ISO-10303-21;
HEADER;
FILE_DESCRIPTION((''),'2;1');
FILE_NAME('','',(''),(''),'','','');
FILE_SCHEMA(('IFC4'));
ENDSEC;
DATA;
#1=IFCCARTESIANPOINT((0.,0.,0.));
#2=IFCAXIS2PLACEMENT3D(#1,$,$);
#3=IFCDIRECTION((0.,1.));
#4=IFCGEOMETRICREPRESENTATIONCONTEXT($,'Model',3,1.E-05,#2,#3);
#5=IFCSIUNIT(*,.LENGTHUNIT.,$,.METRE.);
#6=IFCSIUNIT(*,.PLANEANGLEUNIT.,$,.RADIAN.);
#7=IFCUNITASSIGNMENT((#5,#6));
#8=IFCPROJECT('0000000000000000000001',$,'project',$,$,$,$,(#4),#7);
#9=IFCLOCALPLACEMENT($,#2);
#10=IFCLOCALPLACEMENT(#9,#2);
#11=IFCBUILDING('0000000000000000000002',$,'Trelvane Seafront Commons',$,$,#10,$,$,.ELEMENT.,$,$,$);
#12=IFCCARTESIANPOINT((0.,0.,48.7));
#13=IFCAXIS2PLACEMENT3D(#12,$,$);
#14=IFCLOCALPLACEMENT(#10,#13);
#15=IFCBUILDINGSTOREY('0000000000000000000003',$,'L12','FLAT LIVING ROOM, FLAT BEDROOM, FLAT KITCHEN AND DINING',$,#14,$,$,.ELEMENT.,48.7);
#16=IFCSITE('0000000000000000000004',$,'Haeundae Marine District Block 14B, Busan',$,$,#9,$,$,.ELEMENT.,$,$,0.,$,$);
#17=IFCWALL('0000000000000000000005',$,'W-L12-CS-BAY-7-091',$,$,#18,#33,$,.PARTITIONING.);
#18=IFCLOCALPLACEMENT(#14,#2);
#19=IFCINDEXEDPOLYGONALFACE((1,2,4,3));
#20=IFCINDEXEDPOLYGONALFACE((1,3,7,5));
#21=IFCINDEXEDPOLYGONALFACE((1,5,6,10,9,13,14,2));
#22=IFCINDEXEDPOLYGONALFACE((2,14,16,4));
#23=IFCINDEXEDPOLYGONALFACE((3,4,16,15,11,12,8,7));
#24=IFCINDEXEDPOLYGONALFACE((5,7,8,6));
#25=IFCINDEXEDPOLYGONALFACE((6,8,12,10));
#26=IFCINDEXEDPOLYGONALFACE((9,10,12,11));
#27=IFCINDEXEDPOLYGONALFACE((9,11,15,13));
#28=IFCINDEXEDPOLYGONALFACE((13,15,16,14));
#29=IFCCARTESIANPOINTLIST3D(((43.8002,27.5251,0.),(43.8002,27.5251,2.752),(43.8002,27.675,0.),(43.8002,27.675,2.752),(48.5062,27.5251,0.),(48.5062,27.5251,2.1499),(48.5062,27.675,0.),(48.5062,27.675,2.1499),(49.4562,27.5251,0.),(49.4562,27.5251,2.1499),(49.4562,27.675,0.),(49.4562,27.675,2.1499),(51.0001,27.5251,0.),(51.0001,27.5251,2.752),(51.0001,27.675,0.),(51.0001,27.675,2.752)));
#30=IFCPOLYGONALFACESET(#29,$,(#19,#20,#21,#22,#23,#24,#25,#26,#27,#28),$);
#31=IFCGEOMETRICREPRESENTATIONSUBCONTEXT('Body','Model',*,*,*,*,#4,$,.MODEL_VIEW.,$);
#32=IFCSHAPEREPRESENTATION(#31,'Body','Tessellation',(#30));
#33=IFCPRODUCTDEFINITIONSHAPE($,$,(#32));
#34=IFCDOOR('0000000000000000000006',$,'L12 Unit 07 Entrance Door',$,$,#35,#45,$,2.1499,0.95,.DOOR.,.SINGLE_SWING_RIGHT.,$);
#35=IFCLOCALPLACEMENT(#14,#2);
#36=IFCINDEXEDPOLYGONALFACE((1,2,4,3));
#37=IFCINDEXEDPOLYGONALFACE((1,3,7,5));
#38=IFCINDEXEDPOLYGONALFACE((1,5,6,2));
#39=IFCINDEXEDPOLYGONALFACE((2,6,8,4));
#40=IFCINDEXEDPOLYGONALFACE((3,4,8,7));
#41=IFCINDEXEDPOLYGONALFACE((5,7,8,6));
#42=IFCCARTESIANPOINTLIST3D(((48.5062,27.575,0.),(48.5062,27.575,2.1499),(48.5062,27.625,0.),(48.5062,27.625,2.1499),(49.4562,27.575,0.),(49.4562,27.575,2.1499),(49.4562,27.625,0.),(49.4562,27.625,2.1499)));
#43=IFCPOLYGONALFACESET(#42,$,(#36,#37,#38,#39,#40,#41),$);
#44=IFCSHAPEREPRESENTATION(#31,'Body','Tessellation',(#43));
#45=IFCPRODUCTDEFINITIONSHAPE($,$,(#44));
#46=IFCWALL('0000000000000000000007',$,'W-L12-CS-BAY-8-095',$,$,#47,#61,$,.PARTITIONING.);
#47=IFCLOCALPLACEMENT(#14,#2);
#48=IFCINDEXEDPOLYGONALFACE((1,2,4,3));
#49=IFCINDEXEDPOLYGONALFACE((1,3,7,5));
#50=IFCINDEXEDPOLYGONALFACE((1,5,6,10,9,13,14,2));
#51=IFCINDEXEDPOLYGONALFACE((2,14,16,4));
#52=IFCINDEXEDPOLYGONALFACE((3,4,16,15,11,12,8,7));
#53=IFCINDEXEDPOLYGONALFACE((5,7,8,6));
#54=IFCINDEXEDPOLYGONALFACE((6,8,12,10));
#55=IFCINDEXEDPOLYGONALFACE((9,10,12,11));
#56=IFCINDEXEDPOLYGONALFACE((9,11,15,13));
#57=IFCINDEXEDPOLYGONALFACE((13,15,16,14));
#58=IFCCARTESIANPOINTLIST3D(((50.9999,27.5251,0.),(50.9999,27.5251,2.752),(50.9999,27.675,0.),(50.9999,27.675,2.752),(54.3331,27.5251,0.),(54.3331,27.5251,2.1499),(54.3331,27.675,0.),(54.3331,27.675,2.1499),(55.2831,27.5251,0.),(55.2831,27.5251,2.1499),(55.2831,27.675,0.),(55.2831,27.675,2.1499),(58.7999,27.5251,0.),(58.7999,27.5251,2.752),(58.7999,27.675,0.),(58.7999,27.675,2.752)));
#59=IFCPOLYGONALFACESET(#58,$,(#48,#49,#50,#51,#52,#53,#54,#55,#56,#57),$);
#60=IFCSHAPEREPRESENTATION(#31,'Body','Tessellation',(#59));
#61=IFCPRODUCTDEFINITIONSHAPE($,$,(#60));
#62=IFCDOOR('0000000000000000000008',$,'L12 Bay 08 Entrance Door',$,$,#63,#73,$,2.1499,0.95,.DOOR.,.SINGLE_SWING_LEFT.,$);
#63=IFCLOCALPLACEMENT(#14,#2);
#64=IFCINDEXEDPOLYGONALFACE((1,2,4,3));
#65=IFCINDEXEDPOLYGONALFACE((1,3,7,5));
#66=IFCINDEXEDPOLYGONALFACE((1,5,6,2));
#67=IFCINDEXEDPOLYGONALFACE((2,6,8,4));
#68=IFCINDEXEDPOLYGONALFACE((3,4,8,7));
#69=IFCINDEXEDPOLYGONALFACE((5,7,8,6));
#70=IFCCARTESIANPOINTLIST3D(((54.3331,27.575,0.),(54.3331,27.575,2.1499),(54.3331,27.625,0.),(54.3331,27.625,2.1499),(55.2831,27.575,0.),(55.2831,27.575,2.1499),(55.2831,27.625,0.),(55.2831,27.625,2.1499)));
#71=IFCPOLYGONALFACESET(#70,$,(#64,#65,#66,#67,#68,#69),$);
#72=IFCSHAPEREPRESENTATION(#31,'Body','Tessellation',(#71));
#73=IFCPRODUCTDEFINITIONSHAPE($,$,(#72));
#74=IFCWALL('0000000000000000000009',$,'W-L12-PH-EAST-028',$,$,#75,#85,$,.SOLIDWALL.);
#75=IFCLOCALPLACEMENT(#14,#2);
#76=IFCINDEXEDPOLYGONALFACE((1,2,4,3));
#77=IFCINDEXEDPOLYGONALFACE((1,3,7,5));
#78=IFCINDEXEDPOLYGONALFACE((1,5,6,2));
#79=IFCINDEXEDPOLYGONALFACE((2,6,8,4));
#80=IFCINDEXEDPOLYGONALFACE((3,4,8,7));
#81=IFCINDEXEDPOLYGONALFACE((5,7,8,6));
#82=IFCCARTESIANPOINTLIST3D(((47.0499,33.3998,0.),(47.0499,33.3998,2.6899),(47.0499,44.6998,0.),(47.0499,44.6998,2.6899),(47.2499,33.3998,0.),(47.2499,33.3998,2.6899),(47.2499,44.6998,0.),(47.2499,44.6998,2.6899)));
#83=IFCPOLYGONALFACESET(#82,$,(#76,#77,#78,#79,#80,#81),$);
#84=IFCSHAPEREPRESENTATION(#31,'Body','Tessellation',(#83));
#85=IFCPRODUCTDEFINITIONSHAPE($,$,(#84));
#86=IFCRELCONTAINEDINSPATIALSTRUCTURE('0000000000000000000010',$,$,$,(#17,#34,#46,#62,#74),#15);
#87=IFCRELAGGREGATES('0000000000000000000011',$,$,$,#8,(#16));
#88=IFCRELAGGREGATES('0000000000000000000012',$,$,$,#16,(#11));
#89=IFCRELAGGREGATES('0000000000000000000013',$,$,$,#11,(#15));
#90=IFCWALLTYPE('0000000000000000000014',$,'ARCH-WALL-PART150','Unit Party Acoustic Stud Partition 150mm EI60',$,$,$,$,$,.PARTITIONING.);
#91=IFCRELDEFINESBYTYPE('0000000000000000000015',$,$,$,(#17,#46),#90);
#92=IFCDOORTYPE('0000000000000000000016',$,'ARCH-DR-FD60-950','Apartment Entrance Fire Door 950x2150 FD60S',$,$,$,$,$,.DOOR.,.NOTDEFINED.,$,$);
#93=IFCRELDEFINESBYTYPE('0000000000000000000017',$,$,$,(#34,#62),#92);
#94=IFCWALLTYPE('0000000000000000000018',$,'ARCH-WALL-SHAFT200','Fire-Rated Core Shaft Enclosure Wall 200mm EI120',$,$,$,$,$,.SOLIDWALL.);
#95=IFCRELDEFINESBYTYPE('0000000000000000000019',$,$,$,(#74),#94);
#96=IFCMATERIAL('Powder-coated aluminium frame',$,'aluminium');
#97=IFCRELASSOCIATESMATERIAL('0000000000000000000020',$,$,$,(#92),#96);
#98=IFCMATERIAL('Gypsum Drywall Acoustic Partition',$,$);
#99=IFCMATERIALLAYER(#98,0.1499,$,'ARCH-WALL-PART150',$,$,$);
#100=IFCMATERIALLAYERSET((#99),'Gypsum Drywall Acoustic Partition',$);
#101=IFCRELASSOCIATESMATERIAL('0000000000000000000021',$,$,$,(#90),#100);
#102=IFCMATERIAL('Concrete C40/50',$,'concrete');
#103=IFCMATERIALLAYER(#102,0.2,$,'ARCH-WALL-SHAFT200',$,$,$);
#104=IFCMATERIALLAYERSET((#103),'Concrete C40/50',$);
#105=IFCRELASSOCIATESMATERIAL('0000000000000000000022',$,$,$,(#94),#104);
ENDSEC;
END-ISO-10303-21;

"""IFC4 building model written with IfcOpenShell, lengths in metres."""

from ifc_helpers import new_model, si_unit, direction, frame, frame_2d, origin, place, context, subcontext, project, spatial, rectangle, extrude, source, transform, mapped, material, layer, layer_set, type_object, element, fill, save


model = new_model("IFC4")

# Units and contexts
model_context = context("Model", 3, precision=1e-05, world=origin(), true_north=direction((0.0, 1.0)))
body_context = subcontext(model_context, "Body", "Model", "MODEL_VIEW")
ifc_project = project(units=[si_unit("LENGTHUNIT", "METRE"), si_unit("PLANEANGLEUNIT", "RADIAN")], contexts=[model_context])

# Site, building, storey
site_placement = place(None, origin())
site = spatial("IfcSite", under=ifc_project, at=site_placement, Name="Haeundae Marine District Block 14B, Busan", CompositionType="ELEMENT", RefElevation=0.0)
building_placement = place(site_placement, origin())
building = spatial("IfcBuilding", under=site, at=building_placement, Name="Trelvane Seafront Commons", CompositionType="ELEMENT")
storey_placement = place(building_placement, frame((0.0, 0.0, 48.7)))
storey = spatial("IfcBuildingStorey", under=building, at=storey_placement, Name="L12", Description="FLAT LIVING ROOM, FLAT BEDROOM, FLAT KITCHEN AND DINING", CompositionType="ELEMENT", Elevation=48.7)

# Shared definitions
ifc_material_1 = material(Name="Concrete C40/50", Category="concrete")
ifc_material_2 = material(Name="Powder-coated aluminium frame", Category="aluminium")
door_type_1 = type_object("IfcDoorType", Name="ARCH-DR-FD60-950", Description="Apartment Entrance Fire Door 950x2150 FD60S", OperationType="NOTDEFINED", PredefinedType="DOOR", material=ifc_material_2)
shared_shape_1 = source(origin(), body_context, "Body", "SweptSolid", [
    extrude(rectangle(XDim=0.95, YDim=2.1499, at=frame_2d((0.4751, 1.075))), frame((0.0, 0.0249, 0.0), z_axis=(0.0, -1.0, 0.0), x_axis=(1.0, 0.0, 0.0)), (0.0, 0.0, 1.0), 0.05),
])

# Shared definitions
ifc_material_3 = material(Name="Gypsum Drywall Acoustic Partition")

# Walls, openings, doors
ifc_layer_1 = layer(ifc_material_3, 0.1499, Name="ARCH-WALL-PART150")
ifc_layer_set_1 = layer_set([ifc_layer_1], Name="Gypsum Drywall Acoustic Partition")
wall_type_1 = type_object("IfcWallType", Name="ARCH-WALL-PART150", Description="Unit Party Acoustic Stud Partition 150mm EI60", PredefinedType="PARTITIONING", material=ifc_layer_set_1)
wall_1_placement = place(storey_placement, frame((43.8, 27.6001, 0.0), z_axis=(0.0, 0.0, 1.0), x_axis=(1.0, 0.0, 0.0)))
wall_1 = element("IfcWall", 1, at=wall_1_placement, inside=storey, type_object=wall_type_1, Name="W-L12-CS-BAY-7-091", PredefinedType="PARTITIONING", context=body_context, shape_type="SweptSolid", body=[
    extrude(rectangle(XDim=7.2, YDim=0.1499, at=frame_2d((3.6001, 0.0))), origin(), (0.0, 0.0, 1.0), 2.752),
])
opening_1_placement = place(wall_1_placement, frame((4.7061, 0.0, 0.0)))
opening_1 = element("IfcOpeningElement", 2, at=opening_1_placement, cuts=wall_1, PredefinedType="OPENING", context=body_context, shape_type="SweptSolid", body=[
    extrude(rectangle(XDim=0.95, YDim=2.1499, at=frame_2d((0.4751, 1.075))), frame((0.0, 0.085, 0.0), z_axis=(0.0, -1.0, 0.0), x_axis=(1.0, 0.0, 0.0)), (0.0, 0.0, 1.0), 0.1699),
])
door_1_placement = place(opening_1_placement, origin())
door_1 = element("IfcDoor", 3, at=door_1_placement, inside=storey, type_object=door_type_1, Name="L12 Unit 07 Entrance Door", OperationType="SINGLE_SWING_RIGHT", OverallHeight=2.1499, OverallWidth=0.95, PredefinedType="DOOR", context=body_context, shape_type="MappedRepresentation", body=[
    mapped(shared_shape_1, transform((0.0, 0.0, 0.0), x_axis=(1.0, 0.0, 0.0), y_axis=(0.0, 1.0, 0.0), z_axis=(0.0, 0.0, 1.0), scale=1.0)),
])
fill(opening_1, door_1)
wall_2_placement = place(storey_placement, frame((51.0, 27.6001, 0.0), z_axis=(0.0, 0.0, 1.0), x_axis=(1.0, 0.0, 0.0)))
wall_2 = element("IfcWall", 4, at=wall_2_placement, inside=storey, type_object=wall_type_1, Name="W-L12-CS-BAY-8-095", PredefinedType="PARTITIONING", context=body_context, shape_type="SweptSolid", body=[
    extrude(rectangle(XDim=7.8, YDim=0.1499, at=frame_2d((3.8999, 0.0))), origin(), (0.0, 0.0, 1.0), 2.752),
])
opening_2_placement = place(wall_2_placement, frame((3.333, 0.0, 0.0)))
opening_2 = element("IfcOpeningElement", 5, at=opening_2_placement, cuts=wall_2, PredefinedType="OPENING", context=body_context, shape_type="SweptSolid", body=[
    extrude(rectangle(XDim=0.95, YDim=2.1499, at=frame_2d((0.4751, 1.075))), frame((0.0, 0.085, 0.0), z_axis=(0.0, -1.0, 0.0), x_axis=(1.0, 0.0, 0.0)), (0.0, 0.0, 1.0), 0.1699),
])
door_2_placement = place(opening_2_placement, origin())
door_2 = element("IfcDoor", 6, at=door_2_placement, inside=storey, type_object=door_type_1, Name="L12 Bay 08 Entrance Door", OperationType="SINGLE_SWING_LEFT", OverallHeight=2.1499, OverallWidth=0.95, PredefinedType="DOOR", context=body_context, shape_type="MappedRepresentation", body=[
    mapped(shared_shape_1, transform((0.0, 0.0, 0.0), x_axis=(1.0, 0.0, 0.0), y_axis=(0.0, 1.0, 0.0), z_axis=(0.0, 0.0, 1.0), scale=1.0)),
])
fill(opening_2, door_2)

# Wall
ifc_layer_2 = layer(ifc_material_1, 0.2, Name="ARCH-WALL-SHAFT200")
ifc_layer_set_2 = layer_set([ifc_layer_2], Name="Concrete C40/50")
wall_type_2 = type_object("IfcWallType", Name="ARCH-WALL-SHAFT200", Description="Fire-Rated Core Shaft Enclosure Wall 200mm EI120", PredefinedType="SOLIDWALL", material=ifc_layer_set_2)
wall_3_placement = place(storey_placement, frame((47.1499, 33.3999, 0.0), z_axis=(0.0, 0.0, 1.0), x_axis=(0.0, 1.0, 0.0)))
element("IfcWall", 7, at=wall_3_placement, inside=storey, type_object=wall_type_2, Name="W-L12-PH-EAST-028", PredefinedType="SOLIDWALL", context=body_context, shape_type="SweptSolid", body=[
    extrude(rectangle(XDim=11.3, YDim=0.2, at=frame_2d((5.6499, 0.0))), origin(), (0.0, 0.0, 1.0), 2.6899),
])

save(model, "model.ifc")
